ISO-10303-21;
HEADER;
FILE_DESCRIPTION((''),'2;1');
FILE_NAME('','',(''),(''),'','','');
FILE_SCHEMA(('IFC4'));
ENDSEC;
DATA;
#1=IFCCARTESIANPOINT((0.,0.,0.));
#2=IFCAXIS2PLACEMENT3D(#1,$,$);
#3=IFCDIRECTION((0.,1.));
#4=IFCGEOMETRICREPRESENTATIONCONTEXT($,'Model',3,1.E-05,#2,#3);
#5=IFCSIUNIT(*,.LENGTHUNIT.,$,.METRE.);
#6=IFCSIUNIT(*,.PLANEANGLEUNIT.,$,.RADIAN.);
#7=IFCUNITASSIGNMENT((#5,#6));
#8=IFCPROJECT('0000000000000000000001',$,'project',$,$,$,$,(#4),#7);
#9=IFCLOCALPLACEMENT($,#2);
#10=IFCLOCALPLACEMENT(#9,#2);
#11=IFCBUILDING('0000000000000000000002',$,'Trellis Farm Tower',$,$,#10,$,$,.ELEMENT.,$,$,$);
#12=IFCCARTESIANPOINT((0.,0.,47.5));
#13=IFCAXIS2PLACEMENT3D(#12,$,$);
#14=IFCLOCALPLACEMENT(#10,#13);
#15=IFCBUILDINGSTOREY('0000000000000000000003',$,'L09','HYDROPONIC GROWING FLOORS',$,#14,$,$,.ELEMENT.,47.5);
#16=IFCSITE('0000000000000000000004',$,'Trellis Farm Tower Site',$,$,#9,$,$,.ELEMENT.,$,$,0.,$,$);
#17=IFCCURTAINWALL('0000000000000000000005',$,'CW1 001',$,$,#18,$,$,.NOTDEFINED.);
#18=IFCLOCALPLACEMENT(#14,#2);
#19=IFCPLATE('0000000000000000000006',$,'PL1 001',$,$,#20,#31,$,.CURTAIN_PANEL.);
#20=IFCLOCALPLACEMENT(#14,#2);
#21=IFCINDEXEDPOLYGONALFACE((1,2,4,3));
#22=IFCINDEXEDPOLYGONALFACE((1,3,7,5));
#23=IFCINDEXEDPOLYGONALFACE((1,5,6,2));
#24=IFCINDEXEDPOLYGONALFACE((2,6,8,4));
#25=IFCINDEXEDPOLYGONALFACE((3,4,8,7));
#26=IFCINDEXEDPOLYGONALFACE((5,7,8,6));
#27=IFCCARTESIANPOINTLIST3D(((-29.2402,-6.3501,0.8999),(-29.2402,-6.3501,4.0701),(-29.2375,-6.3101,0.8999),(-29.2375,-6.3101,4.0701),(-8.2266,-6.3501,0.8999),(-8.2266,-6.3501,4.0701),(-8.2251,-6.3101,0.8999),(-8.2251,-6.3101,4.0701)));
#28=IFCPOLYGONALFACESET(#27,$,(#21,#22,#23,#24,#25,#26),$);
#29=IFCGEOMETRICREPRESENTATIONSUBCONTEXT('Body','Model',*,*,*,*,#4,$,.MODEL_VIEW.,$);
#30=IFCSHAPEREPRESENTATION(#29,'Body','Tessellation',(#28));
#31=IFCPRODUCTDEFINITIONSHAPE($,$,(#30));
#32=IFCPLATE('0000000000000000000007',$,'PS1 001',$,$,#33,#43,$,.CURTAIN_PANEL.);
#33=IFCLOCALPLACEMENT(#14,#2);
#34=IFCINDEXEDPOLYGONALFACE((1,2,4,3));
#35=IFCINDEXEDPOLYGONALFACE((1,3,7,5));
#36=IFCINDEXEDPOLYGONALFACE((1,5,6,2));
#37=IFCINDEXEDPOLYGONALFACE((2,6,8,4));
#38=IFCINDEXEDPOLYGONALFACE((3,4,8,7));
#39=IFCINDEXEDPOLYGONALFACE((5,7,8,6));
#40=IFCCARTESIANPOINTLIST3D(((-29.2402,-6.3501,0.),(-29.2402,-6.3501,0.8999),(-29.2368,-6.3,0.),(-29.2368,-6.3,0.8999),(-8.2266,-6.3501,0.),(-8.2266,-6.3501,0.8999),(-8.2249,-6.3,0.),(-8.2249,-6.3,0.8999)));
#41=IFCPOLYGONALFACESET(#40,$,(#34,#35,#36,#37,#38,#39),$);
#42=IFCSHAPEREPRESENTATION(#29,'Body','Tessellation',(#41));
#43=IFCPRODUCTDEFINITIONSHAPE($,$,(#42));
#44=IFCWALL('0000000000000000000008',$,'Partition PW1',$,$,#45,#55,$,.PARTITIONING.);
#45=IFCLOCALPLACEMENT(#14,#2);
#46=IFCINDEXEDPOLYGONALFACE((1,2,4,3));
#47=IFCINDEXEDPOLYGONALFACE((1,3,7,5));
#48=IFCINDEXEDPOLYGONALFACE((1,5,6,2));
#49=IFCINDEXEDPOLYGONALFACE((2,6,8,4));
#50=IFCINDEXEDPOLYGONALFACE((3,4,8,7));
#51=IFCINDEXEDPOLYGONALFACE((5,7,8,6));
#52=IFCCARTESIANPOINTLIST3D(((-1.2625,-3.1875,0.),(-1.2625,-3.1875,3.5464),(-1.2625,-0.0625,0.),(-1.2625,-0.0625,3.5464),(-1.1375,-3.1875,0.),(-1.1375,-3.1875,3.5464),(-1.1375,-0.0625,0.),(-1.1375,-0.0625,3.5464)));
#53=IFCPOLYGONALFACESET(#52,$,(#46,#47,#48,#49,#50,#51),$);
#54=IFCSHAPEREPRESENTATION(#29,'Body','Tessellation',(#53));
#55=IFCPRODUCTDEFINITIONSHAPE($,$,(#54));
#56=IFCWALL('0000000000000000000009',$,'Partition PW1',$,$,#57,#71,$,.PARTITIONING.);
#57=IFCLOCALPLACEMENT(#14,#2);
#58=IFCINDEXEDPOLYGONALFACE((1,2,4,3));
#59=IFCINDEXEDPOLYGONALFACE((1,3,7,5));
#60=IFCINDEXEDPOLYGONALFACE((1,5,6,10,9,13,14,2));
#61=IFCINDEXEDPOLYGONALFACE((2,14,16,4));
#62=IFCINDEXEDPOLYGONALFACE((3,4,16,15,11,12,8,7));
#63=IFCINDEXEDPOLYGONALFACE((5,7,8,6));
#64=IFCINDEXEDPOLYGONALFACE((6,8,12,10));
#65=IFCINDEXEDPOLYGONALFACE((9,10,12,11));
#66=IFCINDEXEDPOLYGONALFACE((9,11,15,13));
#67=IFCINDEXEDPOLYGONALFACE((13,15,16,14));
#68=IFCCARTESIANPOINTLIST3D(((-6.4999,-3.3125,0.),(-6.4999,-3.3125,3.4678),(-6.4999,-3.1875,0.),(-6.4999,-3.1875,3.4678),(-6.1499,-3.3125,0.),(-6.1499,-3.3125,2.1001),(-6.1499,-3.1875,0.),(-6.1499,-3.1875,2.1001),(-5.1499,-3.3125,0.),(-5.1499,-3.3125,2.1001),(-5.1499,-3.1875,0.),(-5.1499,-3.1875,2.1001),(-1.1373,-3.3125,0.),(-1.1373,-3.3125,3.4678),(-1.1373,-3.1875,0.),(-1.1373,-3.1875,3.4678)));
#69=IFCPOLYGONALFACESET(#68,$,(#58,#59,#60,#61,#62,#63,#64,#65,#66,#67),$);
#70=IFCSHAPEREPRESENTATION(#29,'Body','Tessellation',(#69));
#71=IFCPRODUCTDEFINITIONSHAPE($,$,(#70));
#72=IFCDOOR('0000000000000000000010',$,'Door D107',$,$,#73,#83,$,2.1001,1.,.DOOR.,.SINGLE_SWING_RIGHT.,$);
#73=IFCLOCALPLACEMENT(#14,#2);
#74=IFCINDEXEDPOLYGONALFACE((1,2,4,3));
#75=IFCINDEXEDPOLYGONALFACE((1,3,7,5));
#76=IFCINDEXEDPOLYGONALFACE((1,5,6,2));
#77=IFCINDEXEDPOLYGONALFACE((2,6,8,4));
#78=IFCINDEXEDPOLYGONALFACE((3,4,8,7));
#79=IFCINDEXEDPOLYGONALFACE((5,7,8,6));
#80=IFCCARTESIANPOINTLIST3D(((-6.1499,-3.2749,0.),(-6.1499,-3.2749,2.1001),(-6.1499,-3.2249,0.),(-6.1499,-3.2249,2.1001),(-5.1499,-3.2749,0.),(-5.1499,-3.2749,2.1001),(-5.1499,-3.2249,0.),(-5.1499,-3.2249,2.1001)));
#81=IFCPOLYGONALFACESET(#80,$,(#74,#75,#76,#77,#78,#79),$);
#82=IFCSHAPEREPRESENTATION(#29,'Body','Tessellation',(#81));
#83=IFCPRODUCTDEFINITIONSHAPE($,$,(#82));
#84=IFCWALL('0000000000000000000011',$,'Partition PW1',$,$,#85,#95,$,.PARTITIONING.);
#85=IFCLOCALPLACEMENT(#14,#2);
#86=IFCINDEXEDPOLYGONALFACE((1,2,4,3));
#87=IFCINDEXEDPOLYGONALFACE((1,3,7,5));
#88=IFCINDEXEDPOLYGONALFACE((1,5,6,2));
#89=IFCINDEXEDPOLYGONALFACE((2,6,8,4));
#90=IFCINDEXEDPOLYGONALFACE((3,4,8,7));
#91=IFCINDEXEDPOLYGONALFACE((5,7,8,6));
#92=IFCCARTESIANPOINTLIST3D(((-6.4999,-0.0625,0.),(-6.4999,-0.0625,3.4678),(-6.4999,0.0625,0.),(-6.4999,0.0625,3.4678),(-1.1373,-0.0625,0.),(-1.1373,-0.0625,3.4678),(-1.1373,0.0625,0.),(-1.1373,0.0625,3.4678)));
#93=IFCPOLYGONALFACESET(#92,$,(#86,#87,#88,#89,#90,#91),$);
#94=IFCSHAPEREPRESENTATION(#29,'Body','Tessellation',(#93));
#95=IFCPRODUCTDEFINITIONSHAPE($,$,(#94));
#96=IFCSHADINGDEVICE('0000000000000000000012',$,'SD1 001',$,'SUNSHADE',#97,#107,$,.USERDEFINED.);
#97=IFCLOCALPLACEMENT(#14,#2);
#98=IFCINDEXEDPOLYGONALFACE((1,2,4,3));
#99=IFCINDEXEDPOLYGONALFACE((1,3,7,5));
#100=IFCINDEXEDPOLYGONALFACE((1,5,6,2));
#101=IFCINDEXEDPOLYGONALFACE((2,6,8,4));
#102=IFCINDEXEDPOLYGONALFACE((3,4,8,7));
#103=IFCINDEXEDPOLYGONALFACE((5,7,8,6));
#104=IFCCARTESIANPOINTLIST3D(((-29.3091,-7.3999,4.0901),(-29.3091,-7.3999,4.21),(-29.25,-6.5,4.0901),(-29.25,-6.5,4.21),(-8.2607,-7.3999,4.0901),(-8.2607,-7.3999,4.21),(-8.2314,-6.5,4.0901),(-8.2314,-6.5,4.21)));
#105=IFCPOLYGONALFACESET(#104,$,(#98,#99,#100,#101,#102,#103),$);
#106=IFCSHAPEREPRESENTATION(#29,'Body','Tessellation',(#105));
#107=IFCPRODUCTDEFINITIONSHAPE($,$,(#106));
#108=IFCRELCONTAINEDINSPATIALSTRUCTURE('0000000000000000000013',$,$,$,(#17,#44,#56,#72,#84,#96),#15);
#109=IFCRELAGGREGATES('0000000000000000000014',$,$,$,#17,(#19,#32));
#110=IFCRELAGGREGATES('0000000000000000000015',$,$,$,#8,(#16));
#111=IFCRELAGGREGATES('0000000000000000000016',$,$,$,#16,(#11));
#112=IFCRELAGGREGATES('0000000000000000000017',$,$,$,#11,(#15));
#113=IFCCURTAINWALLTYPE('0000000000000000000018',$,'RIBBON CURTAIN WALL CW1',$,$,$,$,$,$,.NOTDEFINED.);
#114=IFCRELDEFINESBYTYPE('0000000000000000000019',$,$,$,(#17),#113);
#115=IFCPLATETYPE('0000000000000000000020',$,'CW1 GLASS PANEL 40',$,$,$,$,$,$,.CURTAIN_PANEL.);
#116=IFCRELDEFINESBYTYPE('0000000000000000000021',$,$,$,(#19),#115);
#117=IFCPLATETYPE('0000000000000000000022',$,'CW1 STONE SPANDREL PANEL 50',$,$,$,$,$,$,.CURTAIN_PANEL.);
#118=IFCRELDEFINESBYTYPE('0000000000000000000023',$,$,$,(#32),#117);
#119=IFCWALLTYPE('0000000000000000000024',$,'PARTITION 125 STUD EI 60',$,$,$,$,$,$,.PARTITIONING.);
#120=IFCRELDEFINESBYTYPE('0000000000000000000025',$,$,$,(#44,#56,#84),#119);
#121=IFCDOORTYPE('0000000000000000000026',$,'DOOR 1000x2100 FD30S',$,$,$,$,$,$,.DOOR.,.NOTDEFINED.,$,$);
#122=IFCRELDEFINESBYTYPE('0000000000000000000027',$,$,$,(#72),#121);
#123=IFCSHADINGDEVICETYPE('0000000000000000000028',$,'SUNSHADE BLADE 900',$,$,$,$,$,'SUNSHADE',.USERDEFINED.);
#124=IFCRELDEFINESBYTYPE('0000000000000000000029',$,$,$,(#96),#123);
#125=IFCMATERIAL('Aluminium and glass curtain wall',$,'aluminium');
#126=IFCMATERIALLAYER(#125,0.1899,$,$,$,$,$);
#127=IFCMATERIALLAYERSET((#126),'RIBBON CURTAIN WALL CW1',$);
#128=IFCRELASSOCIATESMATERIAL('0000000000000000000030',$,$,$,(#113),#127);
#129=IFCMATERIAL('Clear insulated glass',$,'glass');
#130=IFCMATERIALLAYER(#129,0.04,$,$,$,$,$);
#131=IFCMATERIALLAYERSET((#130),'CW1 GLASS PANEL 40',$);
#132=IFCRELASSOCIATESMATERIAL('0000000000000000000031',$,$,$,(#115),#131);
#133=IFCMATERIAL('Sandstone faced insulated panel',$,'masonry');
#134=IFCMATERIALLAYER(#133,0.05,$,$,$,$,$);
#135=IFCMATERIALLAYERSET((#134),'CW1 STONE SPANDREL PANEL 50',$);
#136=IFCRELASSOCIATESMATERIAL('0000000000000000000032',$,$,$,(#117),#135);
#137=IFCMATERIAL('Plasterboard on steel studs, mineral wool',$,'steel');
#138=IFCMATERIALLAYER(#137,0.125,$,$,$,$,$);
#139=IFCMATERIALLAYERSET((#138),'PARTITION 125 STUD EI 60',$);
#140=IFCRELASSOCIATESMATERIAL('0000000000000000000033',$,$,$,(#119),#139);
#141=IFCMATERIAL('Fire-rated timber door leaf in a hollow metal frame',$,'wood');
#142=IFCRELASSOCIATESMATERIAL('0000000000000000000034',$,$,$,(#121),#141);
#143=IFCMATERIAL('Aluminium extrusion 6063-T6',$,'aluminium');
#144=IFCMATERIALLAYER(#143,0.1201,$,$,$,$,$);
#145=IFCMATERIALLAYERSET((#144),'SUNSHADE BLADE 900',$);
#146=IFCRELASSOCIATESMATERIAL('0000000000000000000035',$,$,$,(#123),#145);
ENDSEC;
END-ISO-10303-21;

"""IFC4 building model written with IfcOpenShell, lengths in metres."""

from ifc_helpers import new_model, si_unit, direction, frame, frame_2d, origin, place, context, subcontext, project, spatial, polyline, rectangle, outline, extrude, source, transform, mapped, material, layer, layer_set, type_object, element, fill, aggregate, save


model = new_model("IFC4")

# Units and contexts
model_context = context("Model", 3, precision=1e-05, world=origin(), true_north=direction((0.0, 1.0)))
body_context = subcontext(model_context, "Body", "Model", "MODEL_VIEW")
ifc_project = project(units=[si_unit("LENGTHUNIT", "METRE"), si_unit("PLANEANGLEUNIT", "RADIAN")], contexts=[model_context])

# Site, building, storey
site_placement = place(None, origin())
site = spatial("IfcSite", under=ifc_project, at=site_placement, Name="Trellis Farm Tower Site", CompositionType="ELEMENT", RefElevation=0.0)
building_placement = place(site_placement, origin())
building = spatial("IfcBuilding", under=site, at=building_placement, Name="Trellis Farm Tower", CompositionType="ELEMENT")
storey_placement = place(building_placement, frame((0.0, 0.0, 47.5)))
storey = spatial("IfcBuildingStorey", under=building, at=storey_placement, Name="L09", Description="HYDROPONIC GROWING FLOORS", CompositionType="ELEMENT", Elevation=47.5)

# Curtain wall
ifc_material_1 = material(Name="Aluminium and glass curtain wall", Category="aluminium")
ifc_layer_1 = layer(ifc_material_1, 0.1899)
ifc_layer_set_1 = layer_set([ifc_layer_1], Name="RIBBON CURTAIN WALL CW1")
curtain_wall_type = type_object("IfcCurtainWallType", Name="RIBBON CURTAIN WALL CW1", PredefinedType="NOTDEFINED", material=ifc_layer_set_1)
placement_1 = place(storey_placement, origin())
curtain_wall = element("IfcCurtainWall", 1, at=placement_1, inside=storey, type_object=curtain_wall_type, Name="CW1 001", PredefinedType="NOTDEFINED")
ifc_material_2 = material(Name="Aluminium extrusion 6063-T6", Category="aluminium")

# Plates
ifc_material_3 = material(Name="Clear insulated glass", Category="glass")
ifc_layer_2 = layer(ifc_material_3, 0.04)
ifc_layer_set_2 = layer_set([ifc_layer_2], Name="CW1 GLASS PANEL 40")
plate_type_1 = type_object("IfcPlateType", Name="CW1 GLASS PANEL 40", PredefinedType="CURTAIN_PANEL", material=ifc_layer_set_2)
shared_shape_1 = source(origin(), body_context, "Body", "SweptSolid", [
    extrude(outline(polyline([(-29.2402, -6.3501), (-8.2266, -6.3501), (-8.2251, -6.3101), (-29.2375, -6.3101), (-29.2402, -6.3501)])), origin(), (0.0, 0.0, 1.0), 3.1702),
])
plate_1_placement = place(storey_placement, frame((0.0, 0.0, 0.8999)))
plate_1 = element("IfcPlate", 2, at=plate_1_placement, type_object=plate_type_1, Name="PL1 001", PredefinedType="CURTAIN_PANEL", context=body_context, shape_type="MappedRepresentation", body=[
    mapped(shared_shape_1, transform((0.0, 0.0, 0.0))),
])
ifc_material_4 = material(Name="Sandstone faced insulated panel", Category="masonry")
ifc_layer_3 = layer(ifc_material_4, 0.05)
ifc_layer_set_3 = layer_set([ifc_layer_3], Name="CW1 STONE SPANDREL PANEL 50")
plate_type_2 = type_object("IfcPlateType", Name="CW1 STONE SPANDREL PANEL 50", PredefinedType="CURTAIN_PANEL", material=ifc_layer_set_3)
shared_shape_2 = source(origin(), body_context, "Body", "SweptSolid", [
    extrude(outline(polyline([(-29.2402, -6.3501), (-8.2266, -6.3501), (-8.2249, -6.3), (-29.2368, -6.3), (-29.2402, -6.3501)])), origin(), (0.0, 0.0, 1.0), 0.8999),
])
plate_2 = element("IfcPlate", 3, at=placement_1, type_object=plate_type_2, Name="PS1 001", PredefinedType="CURTAIN_PANEL", context=body_context, shape_type="MappedRepresentation", body=[
    mapped(shared_shape_2, transform((0.0, 0.0, 0.0))),
])
aggregate(curtain_wall, [plate_1, plate_2])

# Wall
ifc_material_5 = material(Name="Plasterboard on steel studs, mineral wool", Category="steel")
ifc_layer_4 = layer(ifc_material_5, 0.125)
ifc_layer_set_4 = layer_set([ifc_layer_4], Name="PARTITION 125 STUD EI 60")
wall_type = type_object("IfcWallType", Name="PARTITION 125 STUD EI 60", PredefinedType="PARTITIONING", material=ifc_layer_set_4)
shared_shape_3 = source(origin(), body_context, "Body", "SweptSolid", [
    extrude(rectangle(XDim=3.125, YDim=0.125, at=frame_2d((1.5625, 0.0))), origin(), (0.0, 0.0, 1.0), 3.5464),
])
wall_1_placement = place(storey_placement, frame((-1.2, -0.0625, 0.0), z_axis=(0.0, 0.0, 1.0), x_axis=(0.0, -1.0, 0.0)))
element("IfcWall", 4, at=wall_1_placement, inside=storey, type_object=wall_type, Name="Partition PW1", PredefinedType="PARTITIONING", context=body_context, shape_type="MappedRepresentation", body=[
    mapped(shared_shape_3, transform((0.0, 0.0, 0.0))),
])

# Wall, opening, door
shared_shape_4 = source(origin(), body_context, "Body", "SweptSolid", [
    extrude(rectangle(XDim=5.3625, YDim=0.125, at=frame_2d((2.6812, 0.0))), origin(), (0.0, 0.0, 1.0), 3.4678),
])
wall_2_placement = place(storey_placement, frame((-1.1375, -3.25, 0.0), z_axis=(0.0, 0.0, 1.0), x_axis=(-1.0, 0.0, 0.0)))
wall_2 = element("IfcWall", 5, at=wall_2_placement, inside=storey, type_object=wall_type, Name="Partition PW1", PredefinedType="PARTITIONING", context=body_context, shape_type="MappedRepresentation", body=[
    mapped(shared_shape_4, transform((0.0, 0.0, 0.0))),
])
shared_shape_5 = source(origin(), body_context, "Body", "SweptSolid", [
    extrude(rectangle(XDim=1.0, YDim=2.1001, at=frame_2d((0.5, 1.05))), frame((0.0, 0.0725, 0.0), z_axis=(0.0, -1.0, 0.0), x_axis=(1.0, 0.0, 0.0)), (0.0, 0.0, 1.0), 0.145),
])
opening_placement = place(wall_2_placement, frame((4.0125, 0.0, 0.0)))
opening = element("IfcOpeningElement", 6, at=opening_placement, cuts=wall_2, PredefinedType="OPENING", context=body_context, shape_type="MappedRepresentation", body=[
    mapped(shared_shape_5, transform((0.0, 0.0, 0.0))),
])
ifc_material_6 = material(Name="Fire-rated timber door leaf in a hollow metal frame", Category="wood")
door_type = type_object("IfcDoorType", Name="DOOR 1000x2100 FD30S", OperationType="NOTDEFINED", PredefinedType="DOOR", material=ifc_material_6)
shared_shape_6 = source(origin(), body_context, "Body", "SweptSolid", [
    extrude(rectangle(XDim=1.0, YDim=2.1001, at=frame_2d((0.5, 1.05))), frame((0.0, 0.0249, 0.0), z_axis=(0.0, -1.0, 0.0), x_axis=(1.0, 0.0, 0.0)), (0.0, 0.0, 1.0), 0.05),
])
door_placement = place(opening_placement, origin())
door = element("IfcDoor", 7, at=door_placement, inside=storey, type_object=door_type, Name="Door D107", OperationType="SINGLE_SWING_RIGHT", OverallHeight=2.1001, OverallWidth=1.0, PredefinedType="DOOR", context=body_context, shape_type="MappedRepresentation", body=[
    mapped(shared_shape_6, transform((0.0, 0.0, 0.0))),
])
fill(opening, door)

# Wall
wall_3_placement = place(storey_placement, frame((-1.1375, 0.0, 0.0), z_axis=(0.0, 0.0, 1.0), x_axis=(-1.0, 0.0, 0.0)))
element("IfcWall", 8, at=wall_3_placement, inside=storey, type_object=wall_type, Name="Partition PW1", PredefinedType="PARTITIONING", context=body_context, shape_type="MappedRepresentation", body=[
    mapped(shared_shape_4, transform((0.0, 0.0, 0.0))),
])

# Shading device
ifc_layer_5 = layer(ifc_material_2, 0.1201)
ifc_layer_set_5 = layer_set([ifc_layer_5], Name="SUNSHADE BLADE 900")
shading_device_type = type_object("IfcShadingDeviceType", Name="SUNSHADE BLADE 900", ElementType="SUNSHADE", PredefinedType="USERDEFINED", material=ifc_layer_set_5)
shared_shape_7 = source(origin(), body_context, "Body", "SweptSolid", [
    extrude(outline(polyline([(-29.3091, -7.3999), (-8.2607, -7.3999), (-8.2314, -6.5), (-29.25, -6.5), (-29.3091, -7.3999)])), origin(), (0.0, 0.0, 1.0), 0.1199),
])
shading_device_placement = place(storey_placement, frame((0.0, 0.0, 4.0901)))
element("IfcShadingDevice", 9, at=shading_device_placement, inside=storey, type_object=shading_device_type, Name="SD1 001", ObjectType="SUNSHADE", PredefinedType="USERDEFINED", context=body_context, shape_type="MappedRepresentation", body=[
    mapped(shared_shape_7, transform((0.0, 0.0, 0.0))),
])

save(model, "model.ifc")
